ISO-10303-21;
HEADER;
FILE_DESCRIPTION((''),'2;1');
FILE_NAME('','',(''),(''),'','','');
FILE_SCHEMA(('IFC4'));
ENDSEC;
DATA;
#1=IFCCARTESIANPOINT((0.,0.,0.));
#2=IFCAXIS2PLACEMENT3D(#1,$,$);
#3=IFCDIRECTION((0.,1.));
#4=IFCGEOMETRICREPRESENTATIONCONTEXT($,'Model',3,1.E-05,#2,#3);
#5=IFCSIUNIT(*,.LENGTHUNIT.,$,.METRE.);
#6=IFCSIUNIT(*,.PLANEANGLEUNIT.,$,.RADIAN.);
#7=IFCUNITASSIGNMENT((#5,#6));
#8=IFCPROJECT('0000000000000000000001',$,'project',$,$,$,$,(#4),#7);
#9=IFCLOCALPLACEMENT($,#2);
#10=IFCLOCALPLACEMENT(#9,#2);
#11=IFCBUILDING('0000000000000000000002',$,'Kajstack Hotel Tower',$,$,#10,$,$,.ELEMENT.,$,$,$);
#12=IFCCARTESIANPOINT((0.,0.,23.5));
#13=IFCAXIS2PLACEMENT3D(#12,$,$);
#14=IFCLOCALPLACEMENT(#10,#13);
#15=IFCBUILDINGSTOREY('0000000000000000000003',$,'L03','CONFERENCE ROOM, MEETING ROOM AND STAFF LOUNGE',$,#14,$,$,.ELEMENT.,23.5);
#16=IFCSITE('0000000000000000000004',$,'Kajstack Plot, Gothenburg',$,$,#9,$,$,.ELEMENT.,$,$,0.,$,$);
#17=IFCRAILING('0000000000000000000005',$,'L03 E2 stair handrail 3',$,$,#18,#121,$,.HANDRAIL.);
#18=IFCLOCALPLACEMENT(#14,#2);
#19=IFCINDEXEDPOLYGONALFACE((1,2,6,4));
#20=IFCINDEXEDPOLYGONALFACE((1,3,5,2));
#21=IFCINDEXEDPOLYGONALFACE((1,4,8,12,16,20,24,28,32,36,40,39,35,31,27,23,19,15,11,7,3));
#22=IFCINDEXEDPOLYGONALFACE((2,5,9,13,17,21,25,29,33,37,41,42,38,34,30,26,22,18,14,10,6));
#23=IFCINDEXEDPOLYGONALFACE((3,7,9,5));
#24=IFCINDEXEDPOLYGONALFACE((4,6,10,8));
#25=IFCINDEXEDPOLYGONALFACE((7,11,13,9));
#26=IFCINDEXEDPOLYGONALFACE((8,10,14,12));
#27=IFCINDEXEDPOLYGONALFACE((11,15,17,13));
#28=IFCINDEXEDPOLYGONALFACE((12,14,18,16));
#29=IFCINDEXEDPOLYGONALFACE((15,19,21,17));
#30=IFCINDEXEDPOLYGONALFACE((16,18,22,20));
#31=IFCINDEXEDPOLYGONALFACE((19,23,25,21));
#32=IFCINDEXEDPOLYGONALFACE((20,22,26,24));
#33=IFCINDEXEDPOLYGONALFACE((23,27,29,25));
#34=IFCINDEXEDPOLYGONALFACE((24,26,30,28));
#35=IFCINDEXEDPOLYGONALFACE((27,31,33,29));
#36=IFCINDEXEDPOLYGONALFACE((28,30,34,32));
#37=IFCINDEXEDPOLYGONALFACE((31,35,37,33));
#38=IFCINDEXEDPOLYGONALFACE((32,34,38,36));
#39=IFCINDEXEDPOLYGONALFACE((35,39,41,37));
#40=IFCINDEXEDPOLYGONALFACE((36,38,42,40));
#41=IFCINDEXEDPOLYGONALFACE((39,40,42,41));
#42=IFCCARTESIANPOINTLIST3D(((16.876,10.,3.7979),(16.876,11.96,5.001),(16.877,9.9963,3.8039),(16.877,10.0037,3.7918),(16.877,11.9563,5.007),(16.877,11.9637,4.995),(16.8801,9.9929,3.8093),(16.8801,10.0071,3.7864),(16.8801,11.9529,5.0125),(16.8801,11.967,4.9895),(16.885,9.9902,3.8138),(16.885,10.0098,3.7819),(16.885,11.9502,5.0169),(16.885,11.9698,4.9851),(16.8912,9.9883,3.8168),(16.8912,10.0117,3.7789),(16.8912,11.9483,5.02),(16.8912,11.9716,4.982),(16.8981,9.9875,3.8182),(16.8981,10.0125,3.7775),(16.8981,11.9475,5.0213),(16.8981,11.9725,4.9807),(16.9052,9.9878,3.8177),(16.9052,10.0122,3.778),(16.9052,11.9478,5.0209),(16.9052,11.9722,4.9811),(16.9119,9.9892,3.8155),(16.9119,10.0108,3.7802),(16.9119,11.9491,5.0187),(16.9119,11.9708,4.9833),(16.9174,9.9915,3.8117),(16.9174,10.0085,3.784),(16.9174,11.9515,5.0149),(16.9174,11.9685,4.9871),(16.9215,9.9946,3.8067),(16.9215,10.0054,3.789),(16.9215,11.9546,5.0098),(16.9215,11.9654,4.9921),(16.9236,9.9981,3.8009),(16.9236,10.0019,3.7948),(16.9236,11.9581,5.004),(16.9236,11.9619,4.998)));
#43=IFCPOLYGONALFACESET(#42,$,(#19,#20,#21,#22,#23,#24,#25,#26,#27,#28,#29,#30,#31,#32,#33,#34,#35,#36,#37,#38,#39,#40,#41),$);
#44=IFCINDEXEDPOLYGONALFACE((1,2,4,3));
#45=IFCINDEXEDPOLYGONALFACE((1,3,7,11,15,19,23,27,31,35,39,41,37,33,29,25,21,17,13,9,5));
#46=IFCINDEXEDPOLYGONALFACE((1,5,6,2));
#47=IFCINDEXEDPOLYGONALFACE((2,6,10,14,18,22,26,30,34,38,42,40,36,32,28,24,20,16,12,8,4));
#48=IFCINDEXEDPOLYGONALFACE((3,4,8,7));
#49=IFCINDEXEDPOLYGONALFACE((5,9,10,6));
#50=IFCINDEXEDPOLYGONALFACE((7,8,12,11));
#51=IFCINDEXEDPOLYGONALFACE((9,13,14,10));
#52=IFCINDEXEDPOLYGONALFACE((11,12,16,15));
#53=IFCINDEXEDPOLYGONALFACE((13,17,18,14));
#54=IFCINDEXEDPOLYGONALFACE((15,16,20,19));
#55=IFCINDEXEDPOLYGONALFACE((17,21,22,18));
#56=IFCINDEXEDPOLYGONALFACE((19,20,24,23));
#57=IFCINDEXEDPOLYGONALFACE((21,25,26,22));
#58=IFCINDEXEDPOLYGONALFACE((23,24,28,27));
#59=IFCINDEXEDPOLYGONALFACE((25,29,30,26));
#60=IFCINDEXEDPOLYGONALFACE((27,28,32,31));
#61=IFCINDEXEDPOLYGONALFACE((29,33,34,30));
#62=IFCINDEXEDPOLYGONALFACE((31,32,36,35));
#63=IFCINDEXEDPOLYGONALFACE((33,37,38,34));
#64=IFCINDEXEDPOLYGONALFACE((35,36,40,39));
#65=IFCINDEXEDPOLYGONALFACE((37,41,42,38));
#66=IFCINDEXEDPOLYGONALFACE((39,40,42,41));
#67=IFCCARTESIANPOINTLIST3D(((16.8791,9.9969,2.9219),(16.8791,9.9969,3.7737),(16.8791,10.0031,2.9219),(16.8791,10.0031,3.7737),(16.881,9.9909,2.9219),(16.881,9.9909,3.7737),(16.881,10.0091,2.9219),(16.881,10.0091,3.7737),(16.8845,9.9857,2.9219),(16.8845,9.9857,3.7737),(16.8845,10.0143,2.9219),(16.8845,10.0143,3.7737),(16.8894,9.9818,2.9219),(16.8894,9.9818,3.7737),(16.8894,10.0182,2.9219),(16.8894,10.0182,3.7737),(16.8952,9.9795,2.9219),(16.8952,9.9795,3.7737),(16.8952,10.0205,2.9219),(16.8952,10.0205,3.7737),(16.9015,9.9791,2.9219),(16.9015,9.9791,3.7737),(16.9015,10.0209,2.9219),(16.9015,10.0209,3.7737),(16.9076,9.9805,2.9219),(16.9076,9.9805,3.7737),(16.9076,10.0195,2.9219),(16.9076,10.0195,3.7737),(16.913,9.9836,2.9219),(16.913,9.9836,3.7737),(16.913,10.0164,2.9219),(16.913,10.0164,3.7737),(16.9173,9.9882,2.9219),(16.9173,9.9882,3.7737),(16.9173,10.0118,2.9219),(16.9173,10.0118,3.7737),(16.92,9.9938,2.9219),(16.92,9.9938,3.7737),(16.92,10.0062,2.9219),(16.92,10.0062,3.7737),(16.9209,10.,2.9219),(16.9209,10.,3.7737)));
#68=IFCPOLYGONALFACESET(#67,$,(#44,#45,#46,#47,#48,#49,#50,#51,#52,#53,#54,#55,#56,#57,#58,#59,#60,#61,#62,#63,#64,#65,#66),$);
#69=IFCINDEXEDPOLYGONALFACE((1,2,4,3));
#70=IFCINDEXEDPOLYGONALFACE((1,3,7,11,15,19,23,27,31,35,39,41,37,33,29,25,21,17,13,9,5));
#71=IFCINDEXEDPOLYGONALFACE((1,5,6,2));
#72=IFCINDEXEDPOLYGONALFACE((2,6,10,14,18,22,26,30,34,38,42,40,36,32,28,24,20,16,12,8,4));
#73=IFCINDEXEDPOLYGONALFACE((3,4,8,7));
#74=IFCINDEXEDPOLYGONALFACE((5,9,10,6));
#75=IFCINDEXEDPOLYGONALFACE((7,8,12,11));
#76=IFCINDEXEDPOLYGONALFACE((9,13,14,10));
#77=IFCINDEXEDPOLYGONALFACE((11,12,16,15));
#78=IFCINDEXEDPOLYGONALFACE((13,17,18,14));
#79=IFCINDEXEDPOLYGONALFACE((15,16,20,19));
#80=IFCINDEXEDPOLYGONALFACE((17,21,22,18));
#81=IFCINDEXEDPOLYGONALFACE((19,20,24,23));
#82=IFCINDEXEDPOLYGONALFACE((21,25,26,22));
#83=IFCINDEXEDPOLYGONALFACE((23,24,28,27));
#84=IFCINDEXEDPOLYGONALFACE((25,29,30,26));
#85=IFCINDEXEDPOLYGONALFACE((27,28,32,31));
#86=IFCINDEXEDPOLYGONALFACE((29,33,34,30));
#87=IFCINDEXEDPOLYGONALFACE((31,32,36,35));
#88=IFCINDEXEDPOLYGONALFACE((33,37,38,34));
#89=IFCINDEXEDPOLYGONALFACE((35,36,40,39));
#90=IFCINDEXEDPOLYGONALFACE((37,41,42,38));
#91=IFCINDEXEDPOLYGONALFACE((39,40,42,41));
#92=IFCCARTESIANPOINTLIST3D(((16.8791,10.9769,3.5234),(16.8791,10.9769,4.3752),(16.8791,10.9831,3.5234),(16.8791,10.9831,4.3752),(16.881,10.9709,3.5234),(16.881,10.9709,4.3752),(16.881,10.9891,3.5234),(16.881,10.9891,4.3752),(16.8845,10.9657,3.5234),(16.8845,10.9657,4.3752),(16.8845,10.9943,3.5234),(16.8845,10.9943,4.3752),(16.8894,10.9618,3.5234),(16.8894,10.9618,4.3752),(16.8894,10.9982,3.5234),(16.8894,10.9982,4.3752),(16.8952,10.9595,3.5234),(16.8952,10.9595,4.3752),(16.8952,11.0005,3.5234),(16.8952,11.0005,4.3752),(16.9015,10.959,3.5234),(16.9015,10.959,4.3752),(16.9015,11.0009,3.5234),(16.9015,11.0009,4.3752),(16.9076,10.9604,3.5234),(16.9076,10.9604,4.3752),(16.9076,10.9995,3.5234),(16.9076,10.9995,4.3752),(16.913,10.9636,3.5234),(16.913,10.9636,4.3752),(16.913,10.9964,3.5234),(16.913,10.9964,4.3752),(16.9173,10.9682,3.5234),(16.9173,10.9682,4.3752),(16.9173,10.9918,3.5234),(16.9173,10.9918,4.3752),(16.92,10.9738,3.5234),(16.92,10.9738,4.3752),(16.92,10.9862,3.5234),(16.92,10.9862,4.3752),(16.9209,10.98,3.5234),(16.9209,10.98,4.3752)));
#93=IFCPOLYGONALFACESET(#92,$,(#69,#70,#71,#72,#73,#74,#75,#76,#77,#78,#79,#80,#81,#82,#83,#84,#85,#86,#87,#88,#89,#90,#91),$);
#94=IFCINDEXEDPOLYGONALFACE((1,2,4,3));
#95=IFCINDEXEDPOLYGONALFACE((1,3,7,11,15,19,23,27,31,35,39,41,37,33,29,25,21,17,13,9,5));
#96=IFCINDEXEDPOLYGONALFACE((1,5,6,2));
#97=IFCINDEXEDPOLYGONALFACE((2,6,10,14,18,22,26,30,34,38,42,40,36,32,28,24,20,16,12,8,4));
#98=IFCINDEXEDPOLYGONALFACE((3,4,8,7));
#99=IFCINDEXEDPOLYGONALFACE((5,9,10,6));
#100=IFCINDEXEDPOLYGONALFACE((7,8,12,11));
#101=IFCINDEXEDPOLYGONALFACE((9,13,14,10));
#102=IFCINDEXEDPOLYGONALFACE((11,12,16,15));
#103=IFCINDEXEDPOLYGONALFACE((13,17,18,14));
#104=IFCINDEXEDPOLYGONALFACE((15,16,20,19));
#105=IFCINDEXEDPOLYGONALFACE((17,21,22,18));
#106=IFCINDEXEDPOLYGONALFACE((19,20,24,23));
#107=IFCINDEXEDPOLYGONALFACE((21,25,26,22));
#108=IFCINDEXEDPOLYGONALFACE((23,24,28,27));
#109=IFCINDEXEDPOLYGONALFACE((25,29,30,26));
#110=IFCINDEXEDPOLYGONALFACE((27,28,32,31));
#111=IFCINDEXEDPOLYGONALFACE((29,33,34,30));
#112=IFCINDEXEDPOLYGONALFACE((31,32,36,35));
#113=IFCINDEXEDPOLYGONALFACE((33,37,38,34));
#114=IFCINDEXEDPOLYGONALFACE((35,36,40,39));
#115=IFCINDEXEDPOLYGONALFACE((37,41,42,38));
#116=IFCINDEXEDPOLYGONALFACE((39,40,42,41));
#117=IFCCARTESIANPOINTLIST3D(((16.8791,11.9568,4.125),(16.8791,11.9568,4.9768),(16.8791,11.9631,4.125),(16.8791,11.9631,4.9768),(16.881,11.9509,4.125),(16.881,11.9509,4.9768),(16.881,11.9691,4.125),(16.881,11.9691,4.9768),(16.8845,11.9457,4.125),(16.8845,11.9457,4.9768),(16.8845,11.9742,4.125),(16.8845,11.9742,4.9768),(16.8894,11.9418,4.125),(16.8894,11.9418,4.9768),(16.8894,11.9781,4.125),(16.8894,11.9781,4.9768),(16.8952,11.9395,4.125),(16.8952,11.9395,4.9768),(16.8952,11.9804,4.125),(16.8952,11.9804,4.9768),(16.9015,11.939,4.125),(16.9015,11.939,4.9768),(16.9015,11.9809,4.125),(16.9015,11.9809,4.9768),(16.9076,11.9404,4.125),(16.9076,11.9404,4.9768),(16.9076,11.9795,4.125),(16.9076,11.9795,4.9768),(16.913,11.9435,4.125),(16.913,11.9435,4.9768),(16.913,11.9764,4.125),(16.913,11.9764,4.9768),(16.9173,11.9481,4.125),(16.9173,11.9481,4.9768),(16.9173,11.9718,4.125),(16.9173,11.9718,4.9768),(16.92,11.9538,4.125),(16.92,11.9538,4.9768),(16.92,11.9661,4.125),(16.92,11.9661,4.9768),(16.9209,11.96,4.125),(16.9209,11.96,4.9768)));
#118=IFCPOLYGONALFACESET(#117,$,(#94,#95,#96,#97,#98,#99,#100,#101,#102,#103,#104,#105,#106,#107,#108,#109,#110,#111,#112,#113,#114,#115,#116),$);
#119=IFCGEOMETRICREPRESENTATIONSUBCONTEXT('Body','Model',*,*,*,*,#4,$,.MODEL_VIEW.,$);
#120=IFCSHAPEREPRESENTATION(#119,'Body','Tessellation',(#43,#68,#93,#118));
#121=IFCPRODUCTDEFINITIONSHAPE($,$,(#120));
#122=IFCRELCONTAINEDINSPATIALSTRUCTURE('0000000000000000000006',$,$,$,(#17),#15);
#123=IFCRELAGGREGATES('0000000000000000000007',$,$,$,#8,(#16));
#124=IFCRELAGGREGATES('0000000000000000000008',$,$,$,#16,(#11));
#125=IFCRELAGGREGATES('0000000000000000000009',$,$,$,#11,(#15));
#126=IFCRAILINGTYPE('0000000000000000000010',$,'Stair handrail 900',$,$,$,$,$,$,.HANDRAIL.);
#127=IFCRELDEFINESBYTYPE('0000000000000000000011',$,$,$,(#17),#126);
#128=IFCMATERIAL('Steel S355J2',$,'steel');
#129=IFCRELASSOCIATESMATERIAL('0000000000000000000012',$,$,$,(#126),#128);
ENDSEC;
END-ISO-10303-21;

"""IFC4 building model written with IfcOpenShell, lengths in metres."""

from ifc_helpers import new_model, si_unit, direction, frame, origin, origin_2d, place, context, subcontext, project, spatial, circle, extrude, material, type_object, element, save


model = new_model("IFC4")

# Units and contexts
model_context = context("Model", 3, precision=1e-05, world=origin(), true_north=direction((0.0, 1.0)))
body_context = subcontext(model_context, "Body", "Model", "MODEL_VIEW")
ifc_project = project(units=[si_unit("LENGTHUNIT", "METRE"), si_unit("PLANEANGLEUNIT", "RADIAN")], contexts=[model_context])

# Site, building, storey
site_placement = place(None, origin())
site = spatial("IfcSite", under=ifc_project, at=site_placement, Name="Kajstack Plot, Gothenburg", CompositionType="ELEMENT", RefElevation=0.0)
building_placement = place(site_placement, origin())
building = spatial("IfcBuilding", under=site, at=building_placement, Name="Kajstack Hotel Tower", CompositionType="ELEMENT")
storey_placement = place(building_placement, frame((0.0, 0.0, 23.5)))
storey = spatial("IfcBuildingStorey", under=building, at=storey_placement, Name="L03", Description="CONFERENCE ROOM, MEETING ROOM AND STAFF LOUNGE", CompositionType="ELEMENT", Elevation=23.5)

# Railing
ifc_material_1 = material(Name="Steel S355J2", Category="steel")
railing_type_1 = type_object("IfcRailingType", Name="Stair handrail 900", PredefinedType="HANDRAIL", material=ifc_material_1)
for number, where, name in (
    (1, (16.8999, 10.0, 2.9219), "L03 E2 stair handrail 3"),
):
    element("IfcRailing", number, at=place(storey_placement, frame(where)), inside=storey, type_object=railing_type_1, Name=name, PredefinedType="HANDRAIL", context=body_context, shape_type="SweptSolid", body=[
        extrude(circle(Radius=0.0239, at=origin_2d()), frame((0.0, 0.0, 0.876), z_axis=(0.0, 0.852241, 0.523149), x_axis=(-1.0, 0.0, 0.0)), (0.0, 0.0, 1.0), 2.2998),
        extrude(circle(Radius=0.021, at=origin_2d()), origin(), (0.0, 0.0, 1.0), 0.8518),
        extrude(circle(Radius=0.021, at=origin_2d()), frame((0.0, 0.98, 0.6016)), (0.0, 0.0, 1.0), 0.8518),
        extrude(circle(Radius=0.021, at=origin_2d()), frame((0.0, 1.96, 1.2031)), (0.0, 0.0, 1.0), 0.8518),
    ])

save(model, "model.ifc")
